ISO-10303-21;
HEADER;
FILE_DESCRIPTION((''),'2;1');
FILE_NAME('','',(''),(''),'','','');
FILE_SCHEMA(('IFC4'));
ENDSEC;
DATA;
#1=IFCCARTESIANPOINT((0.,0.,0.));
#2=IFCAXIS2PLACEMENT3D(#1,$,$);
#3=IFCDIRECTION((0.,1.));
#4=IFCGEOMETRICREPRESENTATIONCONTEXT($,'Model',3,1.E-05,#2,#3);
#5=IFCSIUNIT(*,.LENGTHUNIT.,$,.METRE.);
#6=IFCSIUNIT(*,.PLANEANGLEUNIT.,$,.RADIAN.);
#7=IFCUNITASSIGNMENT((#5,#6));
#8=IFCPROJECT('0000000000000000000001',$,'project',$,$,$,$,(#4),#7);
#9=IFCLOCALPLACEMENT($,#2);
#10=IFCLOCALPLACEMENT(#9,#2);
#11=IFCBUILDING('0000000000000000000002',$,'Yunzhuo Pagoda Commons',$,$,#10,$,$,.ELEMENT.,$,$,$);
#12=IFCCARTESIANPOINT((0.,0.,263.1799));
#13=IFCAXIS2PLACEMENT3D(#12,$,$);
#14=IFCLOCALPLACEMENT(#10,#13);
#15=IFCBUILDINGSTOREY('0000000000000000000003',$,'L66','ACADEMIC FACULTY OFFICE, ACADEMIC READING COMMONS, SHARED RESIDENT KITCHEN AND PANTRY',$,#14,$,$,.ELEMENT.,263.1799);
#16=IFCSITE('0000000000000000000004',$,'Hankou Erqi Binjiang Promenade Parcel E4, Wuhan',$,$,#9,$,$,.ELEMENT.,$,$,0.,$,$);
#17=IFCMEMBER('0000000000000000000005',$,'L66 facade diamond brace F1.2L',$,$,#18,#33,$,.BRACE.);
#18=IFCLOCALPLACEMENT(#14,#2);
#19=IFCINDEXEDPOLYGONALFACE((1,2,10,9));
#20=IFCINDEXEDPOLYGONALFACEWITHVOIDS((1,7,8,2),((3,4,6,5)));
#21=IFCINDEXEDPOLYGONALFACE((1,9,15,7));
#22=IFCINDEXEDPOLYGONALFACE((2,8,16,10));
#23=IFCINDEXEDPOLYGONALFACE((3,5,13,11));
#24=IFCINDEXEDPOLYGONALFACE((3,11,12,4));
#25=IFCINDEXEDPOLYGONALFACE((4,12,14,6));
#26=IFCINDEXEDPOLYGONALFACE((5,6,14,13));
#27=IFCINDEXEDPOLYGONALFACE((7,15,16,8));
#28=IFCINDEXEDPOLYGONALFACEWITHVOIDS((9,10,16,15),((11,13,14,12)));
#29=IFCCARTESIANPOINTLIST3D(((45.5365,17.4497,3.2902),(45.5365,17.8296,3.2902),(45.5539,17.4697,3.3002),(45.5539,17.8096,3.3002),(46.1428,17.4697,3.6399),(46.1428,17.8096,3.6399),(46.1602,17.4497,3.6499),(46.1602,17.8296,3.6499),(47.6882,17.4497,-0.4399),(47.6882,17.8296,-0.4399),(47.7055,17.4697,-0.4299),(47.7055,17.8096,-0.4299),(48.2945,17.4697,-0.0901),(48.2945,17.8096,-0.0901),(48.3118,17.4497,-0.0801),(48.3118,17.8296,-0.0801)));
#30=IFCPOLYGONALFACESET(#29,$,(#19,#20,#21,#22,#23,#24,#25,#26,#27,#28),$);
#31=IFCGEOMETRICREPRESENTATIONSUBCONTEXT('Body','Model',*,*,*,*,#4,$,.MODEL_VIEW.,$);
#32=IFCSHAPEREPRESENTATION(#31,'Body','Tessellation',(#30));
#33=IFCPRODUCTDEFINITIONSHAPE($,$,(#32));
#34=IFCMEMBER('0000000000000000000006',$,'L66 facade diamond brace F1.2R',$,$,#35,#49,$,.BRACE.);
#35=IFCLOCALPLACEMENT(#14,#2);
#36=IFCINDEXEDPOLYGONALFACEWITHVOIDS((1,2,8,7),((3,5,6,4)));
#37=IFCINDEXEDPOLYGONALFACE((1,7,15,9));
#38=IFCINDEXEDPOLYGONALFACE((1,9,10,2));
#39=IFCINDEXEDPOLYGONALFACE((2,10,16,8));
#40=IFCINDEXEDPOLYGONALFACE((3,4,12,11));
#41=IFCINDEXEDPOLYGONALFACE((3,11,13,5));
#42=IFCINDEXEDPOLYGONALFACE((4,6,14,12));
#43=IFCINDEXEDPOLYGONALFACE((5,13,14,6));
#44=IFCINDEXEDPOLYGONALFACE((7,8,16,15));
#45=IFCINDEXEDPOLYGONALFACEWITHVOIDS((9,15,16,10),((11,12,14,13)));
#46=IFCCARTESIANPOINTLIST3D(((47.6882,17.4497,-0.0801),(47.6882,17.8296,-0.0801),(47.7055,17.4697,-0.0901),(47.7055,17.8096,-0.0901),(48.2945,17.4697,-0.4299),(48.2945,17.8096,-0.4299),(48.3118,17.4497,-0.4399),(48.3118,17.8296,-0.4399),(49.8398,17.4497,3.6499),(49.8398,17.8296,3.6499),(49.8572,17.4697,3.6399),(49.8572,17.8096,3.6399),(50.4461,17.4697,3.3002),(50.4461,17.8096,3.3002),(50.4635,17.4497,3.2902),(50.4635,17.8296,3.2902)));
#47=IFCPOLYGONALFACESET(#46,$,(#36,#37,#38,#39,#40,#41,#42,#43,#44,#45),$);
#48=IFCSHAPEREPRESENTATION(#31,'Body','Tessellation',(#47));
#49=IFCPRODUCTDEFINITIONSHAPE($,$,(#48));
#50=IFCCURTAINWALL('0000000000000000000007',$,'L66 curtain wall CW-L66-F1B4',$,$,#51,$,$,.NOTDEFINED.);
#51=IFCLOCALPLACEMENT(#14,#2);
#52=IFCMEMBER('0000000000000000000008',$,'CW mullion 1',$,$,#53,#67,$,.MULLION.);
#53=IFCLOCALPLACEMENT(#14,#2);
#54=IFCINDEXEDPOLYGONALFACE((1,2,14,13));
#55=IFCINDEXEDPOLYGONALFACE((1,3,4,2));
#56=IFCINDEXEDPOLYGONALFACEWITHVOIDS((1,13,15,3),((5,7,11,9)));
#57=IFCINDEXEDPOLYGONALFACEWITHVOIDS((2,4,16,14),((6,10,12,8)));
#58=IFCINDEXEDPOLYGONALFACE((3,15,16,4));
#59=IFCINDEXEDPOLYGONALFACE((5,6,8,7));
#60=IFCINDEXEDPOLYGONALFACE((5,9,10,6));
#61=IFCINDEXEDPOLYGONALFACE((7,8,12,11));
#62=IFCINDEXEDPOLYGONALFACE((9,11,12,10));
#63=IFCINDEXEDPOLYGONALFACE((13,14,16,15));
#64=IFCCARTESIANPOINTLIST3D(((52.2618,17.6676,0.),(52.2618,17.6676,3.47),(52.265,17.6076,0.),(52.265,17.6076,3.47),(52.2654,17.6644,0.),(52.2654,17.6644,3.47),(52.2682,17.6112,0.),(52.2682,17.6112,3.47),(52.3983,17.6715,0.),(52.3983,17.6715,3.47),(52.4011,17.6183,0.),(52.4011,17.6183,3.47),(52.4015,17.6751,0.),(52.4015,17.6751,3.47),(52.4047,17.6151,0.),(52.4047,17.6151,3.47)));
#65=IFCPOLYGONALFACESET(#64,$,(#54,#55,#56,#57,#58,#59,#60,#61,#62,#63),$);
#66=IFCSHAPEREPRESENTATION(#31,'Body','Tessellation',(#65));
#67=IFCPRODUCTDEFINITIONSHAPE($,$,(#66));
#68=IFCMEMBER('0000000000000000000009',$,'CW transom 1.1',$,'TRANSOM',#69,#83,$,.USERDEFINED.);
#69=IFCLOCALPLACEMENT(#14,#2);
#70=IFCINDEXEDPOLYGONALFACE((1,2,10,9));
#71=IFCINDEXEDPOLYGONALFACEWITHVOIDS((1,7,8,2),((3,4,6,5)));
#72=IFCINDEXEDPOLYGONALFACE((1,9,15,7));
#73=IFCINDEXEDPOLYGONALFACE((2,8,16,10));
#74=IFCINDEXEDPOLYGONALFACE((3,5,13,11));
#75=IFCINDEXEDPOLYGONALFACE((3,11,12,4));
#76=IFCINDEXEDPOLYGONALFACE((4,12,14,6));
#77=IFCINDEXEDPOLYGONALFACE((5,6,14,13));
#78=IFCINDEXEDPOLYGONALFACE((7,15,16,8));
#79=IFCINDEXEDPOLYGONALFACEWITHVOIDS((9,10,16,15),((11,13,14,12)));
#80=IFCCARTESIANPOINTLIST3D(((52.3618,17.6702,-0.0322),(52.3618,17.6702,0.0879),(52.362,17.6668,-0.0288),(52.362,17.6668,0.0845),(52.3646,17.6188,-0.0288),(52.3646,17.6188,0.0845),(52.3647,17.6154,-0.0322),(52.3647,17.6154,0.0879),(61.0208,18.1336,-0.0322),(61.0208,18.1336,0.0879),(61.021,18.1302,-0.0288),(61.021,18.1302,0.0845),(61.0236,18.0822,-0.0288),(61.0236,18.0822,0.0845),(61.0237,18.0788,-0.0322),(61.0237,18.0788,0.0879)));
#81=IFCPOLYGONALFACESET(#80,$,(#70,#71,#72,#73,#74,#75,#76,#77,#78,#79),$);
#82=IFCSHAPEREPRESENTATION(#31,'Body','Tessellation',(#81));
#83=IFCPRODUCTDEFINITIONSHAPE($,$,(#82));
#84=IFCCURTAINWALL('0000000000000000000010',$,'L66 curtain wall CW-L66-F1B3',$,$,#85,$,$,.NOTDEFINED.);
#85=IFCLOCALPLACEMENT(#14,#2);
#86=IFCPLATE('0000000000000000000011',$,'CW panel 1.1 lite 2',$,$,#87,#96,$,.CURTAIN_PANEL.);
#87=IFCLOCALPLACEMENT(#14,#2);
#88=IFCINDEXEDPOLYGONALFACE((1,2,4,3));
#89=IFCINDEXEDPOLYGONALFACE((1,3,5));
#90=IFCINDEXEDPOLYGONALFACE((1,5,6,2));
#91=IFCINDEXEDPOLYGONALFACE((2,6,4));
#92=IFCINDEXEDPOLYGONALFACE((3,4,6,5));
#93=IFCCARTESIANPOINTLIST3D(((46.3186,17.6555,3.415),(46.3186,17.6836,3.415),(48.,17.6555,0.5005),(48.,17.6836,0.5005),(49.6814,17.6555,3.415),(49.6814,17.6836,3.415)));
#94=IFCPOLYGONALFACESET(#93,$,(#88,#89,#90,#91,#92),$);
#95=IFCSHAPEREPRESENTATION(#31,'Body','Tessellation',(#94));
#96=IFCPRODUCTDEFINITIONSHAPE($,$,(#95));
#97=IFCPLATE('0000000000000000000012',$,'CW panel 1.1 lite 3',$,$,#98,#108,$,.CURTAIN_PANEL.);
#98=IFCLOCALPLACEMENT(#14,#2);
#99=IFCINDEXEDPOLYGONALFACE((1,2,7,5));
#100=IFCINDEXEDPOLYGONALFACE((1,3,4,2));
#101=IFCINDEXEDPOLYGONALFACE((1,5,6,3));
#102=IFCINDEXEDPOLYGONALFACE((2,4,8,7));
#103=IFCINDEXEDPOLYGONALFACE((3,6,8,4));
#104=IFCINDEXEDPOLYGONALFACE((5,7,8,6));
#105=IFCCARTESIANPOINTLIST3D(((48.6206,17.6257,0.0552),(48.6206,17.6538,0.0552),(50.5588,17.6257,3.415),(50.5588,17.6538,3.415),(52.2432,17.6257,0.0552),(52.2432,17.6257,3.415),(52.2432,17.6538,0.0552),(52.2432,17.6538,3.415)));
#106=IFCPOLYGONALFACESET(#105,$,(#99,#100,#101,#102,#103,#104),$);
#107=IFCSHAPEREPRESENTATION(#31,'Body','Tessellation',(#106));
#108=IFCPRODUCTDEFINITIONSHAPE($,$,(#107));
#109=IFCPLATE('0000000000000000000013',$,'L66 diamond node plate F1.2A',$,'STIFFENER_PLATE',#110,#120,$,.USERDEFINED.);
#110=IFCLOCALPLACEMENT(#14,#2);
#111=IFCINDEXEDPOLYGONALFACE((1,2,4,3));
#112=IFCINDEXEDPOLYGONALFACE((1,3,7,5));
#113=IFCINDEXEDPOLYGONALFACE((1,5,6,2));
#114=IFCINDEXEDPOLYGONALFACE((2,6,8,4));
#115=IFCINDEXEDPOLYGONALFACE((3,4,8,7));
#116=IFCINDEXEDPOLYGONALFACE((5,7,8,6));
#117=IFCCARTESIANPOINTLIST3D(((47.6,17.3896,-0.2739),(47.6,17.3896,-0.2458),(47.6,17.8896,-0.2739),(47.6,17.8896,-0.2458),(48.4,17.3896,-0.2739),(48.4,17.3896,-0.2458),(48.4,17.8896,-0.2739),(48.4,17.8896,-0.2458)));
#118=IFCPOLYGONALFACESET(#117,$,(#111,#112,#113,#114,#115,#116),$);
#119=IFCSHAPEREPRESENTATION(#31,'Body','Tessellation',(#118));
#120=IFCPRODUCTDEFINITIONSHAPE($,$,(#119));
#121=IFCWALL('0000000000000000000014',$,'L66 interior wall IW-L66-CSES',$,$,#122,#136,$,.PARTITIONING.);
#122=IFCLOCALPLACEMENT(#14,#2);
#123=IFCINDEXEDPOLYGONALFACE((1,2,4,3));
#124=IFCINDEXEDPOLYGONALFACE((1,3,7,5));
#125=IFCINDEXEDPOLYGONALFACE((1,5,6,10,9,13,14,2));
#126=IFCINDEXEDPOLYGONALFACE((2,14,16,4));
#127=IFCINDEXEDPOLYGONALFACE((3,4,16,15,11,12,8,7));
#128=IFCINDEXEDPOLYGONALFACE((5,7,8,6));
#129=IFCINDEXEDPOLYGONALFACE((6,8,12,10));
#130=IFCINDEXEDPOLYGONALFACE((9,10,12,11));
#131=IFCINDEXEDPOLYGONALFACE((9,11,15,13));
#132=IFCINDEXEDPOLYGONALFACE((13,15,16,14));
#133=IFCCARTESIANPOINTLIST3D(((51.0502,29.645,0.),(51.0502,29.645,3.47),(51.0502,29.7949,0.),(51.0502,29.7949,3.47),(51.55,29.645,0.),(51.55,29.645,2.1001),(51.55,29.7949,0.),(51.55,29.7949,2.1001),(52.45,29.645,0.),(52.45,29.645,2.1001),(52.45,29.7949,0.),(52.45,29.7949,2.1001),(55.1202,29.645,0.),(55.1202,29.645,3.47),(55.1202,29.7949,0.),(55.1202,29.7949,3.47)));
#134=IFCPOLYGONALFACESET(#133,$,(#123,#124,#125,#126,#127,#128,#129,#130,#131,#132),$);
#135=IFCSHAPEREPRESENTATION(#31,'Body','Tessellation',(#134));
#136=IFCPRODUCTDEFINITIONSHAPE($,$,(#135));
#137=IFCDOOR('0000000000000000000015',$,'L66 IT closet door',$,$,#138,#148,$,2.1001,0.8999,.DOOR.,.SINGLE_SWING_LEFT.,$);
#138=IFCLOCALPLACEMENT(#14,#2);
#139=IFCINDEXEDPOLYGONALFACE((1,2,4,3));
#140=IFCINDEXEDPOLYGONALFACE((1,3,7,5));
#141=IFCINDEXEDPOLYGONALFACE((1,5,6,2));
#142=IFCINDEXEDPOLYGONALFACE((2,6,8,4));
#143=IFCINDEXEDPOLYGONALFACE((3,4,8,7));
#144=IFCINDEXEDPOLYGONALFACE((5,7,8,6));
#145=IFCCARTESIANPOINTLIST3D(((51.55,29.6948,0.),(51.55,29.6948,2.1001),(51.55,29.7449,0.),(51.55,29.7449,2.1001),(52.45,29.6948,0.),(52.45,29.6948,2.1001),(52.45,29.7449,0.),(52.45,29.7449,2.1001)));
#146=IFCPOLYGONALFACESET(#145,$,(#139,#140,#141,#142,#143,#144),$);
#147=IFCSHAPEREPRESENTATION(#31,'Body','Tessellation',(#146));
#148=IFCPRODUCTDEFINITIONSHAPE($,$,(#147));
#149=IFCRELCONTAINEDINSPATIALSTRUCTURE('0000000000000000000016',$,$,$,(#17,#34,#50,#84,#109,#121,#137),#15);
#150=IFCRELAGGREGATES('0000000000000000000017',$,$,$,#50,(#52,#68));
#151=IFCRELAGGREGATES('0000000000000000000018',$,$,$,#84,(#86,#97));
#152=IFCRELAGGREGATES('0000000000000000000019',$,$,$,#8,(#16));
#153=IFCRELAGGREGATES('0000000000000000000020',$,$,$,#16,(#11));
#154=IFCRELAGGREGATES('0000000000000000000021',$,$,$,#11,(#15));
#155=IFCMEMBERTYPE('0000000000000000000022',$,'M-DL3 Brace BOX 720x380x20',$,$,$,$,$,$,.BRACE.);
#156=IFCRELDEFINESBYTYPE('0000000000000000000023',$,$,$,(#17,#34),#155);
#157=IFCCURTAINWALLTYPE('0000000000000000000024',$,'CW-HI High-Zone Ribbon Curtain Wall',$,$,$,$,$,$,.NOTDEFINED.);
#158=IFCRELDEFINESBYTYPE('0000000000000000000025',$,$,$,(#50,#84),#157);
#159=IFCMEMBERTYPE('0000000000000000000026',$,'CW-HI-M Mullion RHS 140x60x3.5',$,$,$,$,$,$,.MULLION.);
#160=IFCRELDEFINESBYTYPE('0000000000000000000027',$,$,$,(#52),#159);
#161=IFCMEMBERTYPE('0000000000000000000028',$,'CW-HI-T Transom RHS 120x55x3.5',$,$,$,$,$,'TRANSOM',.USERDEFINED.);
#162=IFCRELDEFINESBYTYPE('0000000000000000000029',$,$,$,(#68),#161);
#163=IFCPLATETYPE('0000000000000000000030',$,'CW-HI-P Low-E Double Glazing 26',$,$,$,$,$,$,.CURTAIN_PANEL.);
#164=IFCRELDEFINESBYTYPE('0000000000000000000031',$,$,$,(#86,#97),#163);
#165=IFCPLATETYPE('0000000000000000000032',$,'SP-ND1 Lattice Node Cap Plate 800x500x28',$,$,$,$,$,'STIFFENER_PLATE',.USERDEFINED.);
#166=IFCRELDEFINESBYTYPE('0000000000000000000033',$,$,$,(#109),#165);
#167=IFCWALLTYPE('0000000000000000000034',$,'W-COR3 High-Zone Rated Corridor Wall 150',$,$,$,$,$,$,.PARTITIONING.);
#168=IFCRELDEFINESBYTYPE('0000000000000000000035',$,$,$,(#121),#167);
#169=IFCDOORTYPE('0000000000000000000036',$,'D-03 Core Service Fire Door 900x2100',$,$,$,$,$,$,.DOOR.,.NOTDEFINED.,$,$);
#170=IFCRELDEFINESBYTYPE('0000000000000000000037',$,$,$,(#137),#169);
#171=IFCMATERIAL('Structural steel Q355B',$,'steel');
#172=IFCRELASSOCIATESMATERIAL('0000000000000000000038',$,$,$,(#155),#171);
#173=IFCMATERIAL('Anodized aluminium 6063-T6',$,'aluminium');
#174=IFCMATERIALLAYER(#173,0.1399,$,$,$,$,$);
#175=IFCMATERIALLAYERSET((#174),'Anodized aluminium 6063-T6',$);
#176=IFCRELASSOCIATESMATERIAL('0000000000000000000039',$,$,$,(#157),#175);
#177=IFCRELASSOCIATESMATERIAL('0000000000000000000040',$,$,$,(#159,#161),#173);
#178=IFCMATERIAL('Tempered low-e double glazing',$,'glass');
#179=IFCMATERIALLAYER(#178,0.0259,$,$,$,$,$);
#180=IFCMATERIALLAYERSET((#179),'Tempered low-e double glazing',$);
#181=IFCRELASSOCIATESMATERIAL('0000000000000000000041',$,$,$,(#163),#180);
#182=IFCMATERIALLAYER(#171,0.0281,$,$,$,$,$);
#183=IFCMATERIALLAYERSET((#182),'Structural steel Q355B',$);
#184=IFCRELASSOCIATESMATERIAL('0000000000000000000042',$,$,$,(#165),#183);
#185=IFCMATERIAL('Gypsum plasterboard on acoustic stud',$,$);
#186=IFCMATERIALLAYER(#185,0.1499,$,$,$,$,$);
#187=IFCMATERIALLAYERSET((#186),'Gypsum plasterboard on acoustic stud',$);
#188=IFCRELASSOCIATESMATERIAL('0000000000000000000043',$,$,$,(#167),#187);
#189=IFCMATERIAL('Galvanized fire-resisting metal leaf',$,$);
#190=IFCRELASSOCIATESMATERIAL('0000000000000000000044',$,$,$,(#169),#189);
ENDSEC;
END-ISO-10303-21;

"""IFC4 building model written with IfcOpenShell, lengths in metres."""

from ifc_helpers import new_model, si_unit, direction, frame, frame_2d, origin, origin_with_axes, origin_2d, place, context, subcontext, project, spatial, polyline, rectangle, hollow_rectangle, outline, extrude, source, transform, mapped, material, layer, layer_set, material_profile, profile_set, type_object, element, fill, aggregate, save


model = new_model("IFC4")

# Units and contexts
model_context = context("Model", 3, precision=1e-05, world=origin(), true_north=direction((0.0, 1.0)))
body_context = subcontext(model_context, "Body", "Model", "MODEL_VIEW")
ifc_project = project(units=[si_unit("LENGTHUNIT", "METRE"), si_unit("PLANEANGLEUNIT", "RADIAN")], contexts=[model_context])

# Site, building, storey
site_placement = place(None, origin())
site = spatial("IfcSite", under=ifc_project, at=site_placement, Name="Hankou Erqi Binjiang Promenade Parcel E4, Wuhan", CompositionType="ELEMENT", RefElevation=0.0)
building_placement = place(site_placement, origin())
building = spatial("IfcBuilding", under=site, at=building_placement, Name="Yunzhuo Pagoda Commons", CompositionType="ELEMENT")
storey_placement = place(building_placement, frame((0.0, 0.0, 263.1799)))
storey = spatial("IfcBuildingStorey", under=building, at=storey_placement, Name="L66", Description="ACADEMIC FACULTY OFFICE, ACADEMIC READING COMMONS, SHARED RESIDENT KITCHEN AND PANTRY", CompositionType="ELEMENT", Elevation=263.1799)

# Shared definitions
ifc_material_1 = material(Name="Structural steel Q355B", Category="steel")

# Members
ifc_material_profile_1 = material_profile(ifc_material_1, hollow_rectangle(XDim=0.3799, YDim=0.72, WallThickness=0.02, at=origin_2d()), Name="Structural steel Q355B")
ifc_profile_set_1 = profile_set([ifc_material_profile_1], Name="Structural steel Q355B")
member_type_1 = type_object("IfcMemberType", Name="M-DL3 Brace BOX 720x380x20", PredefinedType="BRACE", material=ifc_profile_set_1)
shared_shape_1 = source(origin(), body_context, "Body", "SweptSolid", [
    extrude(hollow_rectangle(XDim=0.3799, YDim=0.72, WallThickness=0.02, at=origin_2d()), origin(), (0.0, 0.0, 1.0), 4.3062),
])
for number, where, z_axis, x_axis, name in (
    (1, (48.0, 17.6396, -0.26), (-0.49967, 0.0, 0.866216), (0.0, -1.0, 0.0), "L66 facade diamond brace F1.2L"),
    (2, (48.0, 17.6396, -0.26), (0.49967, 0.0, 0.866216), (0.0, 1.0, 0.0), "L66 facade diamond brace F1.2R"),
):
    element("IfcMember", number, at=place(storey_placement, frame(where, z_axis=z_axis, x_axis=x_axis)), inside=storey, type_object=member_type_1, Name=name, PredefinedType="BRACE", context=body_context, shape_type="MappedRepresentation", body=[
        mapped(shared_shape_1, transform((0.0, 0.0, 0.0), scale=1.0)),
    ])

# Curtain wall, members
ifc_material_2 = material(Name="Anodized aluminium 6063-T6", Category="aluminium")
ifc_layer_1 = layer(ifc_material_2, 0.1399)
ifc_layer_set_1 = layer_set([ifc_layer_1], Name="Anodized aluminium 6063-T6")
curtain_wall_type = type_object("IfcCurtainWallType", Name="CW-HI High-Zone Ribbon Curtain Wall", PredefinedType="NOTDEFINED", material=ifc_layer_set_1)
curtain_wall_1_placement = place(storey_placement, origin())
curtain_wall_1 = element("IfcCurtainWall", 3, at=curtain_wall_1_placement, inside=storey, type_object=curtain_wall_type, Name="L66 curtain wall CW-L66-F1B4", PredefinedType="NOTDEFINED")
ifc_material_profile_2 = material_profile(ifc_material_2, hollow_rectangle(XDim=0.0601, YDim=0.1399, WallThickness=0.0034, at=origin_2d()), Name="Anodized aluminium 6063-T6")
ifc_profile_set_2 = profile_set([ifc_material_profile_2], Name="Anodized aluminium 6063-T6")
member_type_2 = type_object("IfcMemberType", Name="CW-HI-M Mullion RHS 140x60x3.5", PredefinedType="MULLION", material=ifc_profile_set_2)
shared_shape_2 = source(origin(), body_context, "Body", "SweptSolid", [
    extrude(hollow_rectangle(XDim=0.0601, YDim=0.1399, WallThickness=0.0034, at=origin_2d()), origin(), (0.0, 0.0, 1.0), 3.47),
])
member_1_placement = place(storey_placement, frame((52.3333, 17.6414, 0.0), z_axis=(0.0, 0.0, 1.0), x_axis=(-0.053427, 0.998572, 0.0)))
member_1 = element("IfcMember", 4, at=member_1_placement, type_object=member_type_2, Name="CW mullion 1", PredefinedType="MULLION", context=body_context, shape_type="MappedRepresentation", body=[
    mapped(shared_shape_2, transform((0.0, 0.0, 0.0), scale=1.0)),
])
ifc_material_profile_3 = material_profile(ifc_material_2, hollow_rectangle(XDim=0.0549, YDim=0.1201, WallThickness=0.0034, at=origin_2d()), Name="Anodized aluminium 6063-T6")
ifc_profile_set_3 = profile_set([ifc_material_profile_3], Name="Anodized aluminium 6063-T6")
member_type_3 = type_object("IfcMemberType", Name="CW-HI-T Transom RHS 120x55x3.5", ElementType="TRANSOM", PredefinedType="USERDEFINED", material=ifc_profile_set_3)
shared_shape_3 = source(origin(), body_context, "Body", "SweptSolid", [
    extrude(hollow_rectangle(XDim=0.0549, YDim=0.1201, WallThickness=0.0034, at=origin_2d()), origin(), (0.0, 0.0, 1.0), 8.6714),
])
member_2_placement = place(storey_placement, frame((52.3633, 17.6428, 0.0278), z_axis=(0.998571, 0.053438, 0.0), x_axis=(-0.053438, 0.998571, 0.0)))
member_2 = element("IfcMember", 5, at=member_2_placement, type_object=member_type_3, Name="CW transom 1.1", ObjectType="TRANSOM", PredefinedType="USERDEFINED", context=body_context, shape_type="MappedRepresentation", body=[
    mapped(shared_shape_3, transform((0.0, 0.0, 0.0), scale=1.0)),
])
aggregate(curtain_wall_1, [member_1, member_2])

# Curtain wall, plates
curtain_wall_2_placement = place(storey_placement, origin())
curtain_wall_2 = element("IfcCurtainWall", 6, at=curtain_wall_2_placement, inside=storey, type_object=curtain_wall_type, Name="L66 curtain wall CW-L66-F1B3", PredefinedType="NOTDEFINED")
ifc_material_3 = material(Name="Tempered low-e double glazing", Category="glass")
ifc_layer_2 = layer(ifc_material_3, 0.0259)
ifc_layer_set_2 = layer_set([ifc_layer_2], Name="Tempered low-e double glazing")
plate_type_1 = type_object("IfcPlateType", Name="CW-HI-P Low-E Double Glazing 26", PredefinedType="CURTAIN_PANEL", material=ifc_layer_set_2)
plate_1_placement = place(storey_placement, frame((48.0, 17.6836, 1.9578), z_axis=(0.0, -1.0, 0.0), x_axis=(1.0, 0.0, 0.0)))
plate_1 = element("IfcPlate", 7, at=plate_1_placement, type_object=plate_type_1, Name="CW panel 1.1 lite 2", PredefinedType="CURTAIN_PANEL", context=body_context, shape_type="SweptSolid", body=[
    extrude(outline(polyline([(-1.6814, 1.4573), (0.0, -1.4573), (1.6814, 1.4573), (-1.6814, 1.4573)])), origin(), (0.0, 0.0, 1.0), 0.0281),
])
plate_2_placement = place(storey_placement, frame((50.4319, 17.6538, 1.7351), z_axis=(0.0, -1.0, 0.0), x_axis=(1.0, 0.0, 0.0)))
plate_2 = element("IfcPlate", 8, at=plate_2_placement, type_object=plate_type_1, Name="CW panel 1.1 lite 3", PredefinedType="CURTAIN_PANEL", context=body_context, shape_type="SweptSolid", body=[
    extrude(outline(polyline([(-1.8113, -1.6799), (1.8113, -1.6799), (1.8113, 1.6799), (0.127, 1.6799), (-1.8113, -1.6799)])), origin(), (0.0, 0.0, 1.0), 0.0281),
])
aggregate(curtain_wall_2, [plate_1, plate_2])

# Plate
ifc_layer_3 = layer(ifc_material_1, 0.0281)
ifc_layer_set_3 = layer_set([ifc_layer_3], Name="Structural steel Q355B")
plate_type_2 = type_object("IfcPlateType", Name="SP-ND1 Lattice Node Cap Plate 800x500x28", ElementType="STIFFENER_PLATE", PredefinedType="USERDEFINED", material=ifc_layer_set_3)
shared_shape_4 = source(origin(), body_context, "Body", "SweptSolid", [
    extrude(rectangle(XDim=0.8, YDim=0.5, at=origin_2d()), origin(), (0.0, 0.0, 1.0), 0.0281),
])
plate_3_placement = place(storey_placement, frame((48.0, 17.6396, -0.2739), z_axis=(0.0, 0.0, 1.0), x_axis=(1.0, 0.0, 0.0)))
element("IfcPlate", 9, at=plate_3_placement, inside=storey, type_object=plate_type_2, Name="L66 diamond node plate F1.2A", ObjectType="STIFFENER_PLATE", PredefinedType="USERDEFINED", context=body_context, shape_type="MappedRepresentation", body=[
    mapped(shared_shape_4, transform((0.0, 0.0, 0.0), scale=1.0)),
])

# Wall, opening, door
ifc_material_4 = material(Name="Gypsum plasterboard on acoustic stud")
ifc_layer_4 = layer(ifc_material_4, 0.1499)
ifc_layer_set_4 = layer_set([ifc_layer_4], Name="Gypsum plasterboard on acoustic stud")
wall_type_1 = type_object("IfcWallType", Name="W-COR3 High-Zone Rated Corridor Wall 150", PredefinedType="PARTITIONING", material=ifc_layer_set_4)
wall_1_placement = place(storey_placement, frame((51.05, 29.72, 0.0), z_axis=(0.0, 0.0, 1.0), x_axis=(1.0, 0.0, 0.0)))
wall_1 = element("IfcWall", 10, at=wall_1_placement, inside=storey, type_object=wall_type_1, Name="L66 interior wall IW-L66-CSES", PredefinedType="PARTITIONING", context=body_context, shape_type="SweptSolid", body=[
    extrude(rectangle(XDim=4.0701, YDim=0.1499, at=frame_2d((2.0352, 0.0))), origin(), (0.0, 0.0, 1.0), 3.47),
])
opening_1_placement = place(wall_1_placement, frame((0.5, 0.0, 0.0)))
opening_1 = element("IfcOpeningElement", 11, at=opening_1_placement, cuts=wall_1, PredefinedType="OPENING", context=body_context, shape_type="SweptSolid", body=[
    extrude(rectangle(XDim=0.8999, YDim=2.1001, at=frame_2d((0.45, 1.05))), frame((0.0, 0.085, 0.0), z_axis=(0.0, -1.0, 0.0), x_axis=(1.0, 0.0, 0.0)), (0.0, 0.0, 1.0), 0.1699),
])
ifc_material_5 = material(Name="Galvanized fire-resisting metal leaf")
door_type_1 = type_object("IfcDoorType", Name="D-03 Core Service Fire Door 900x2100", OperationType="NOTDEFINED", PredefinedType="DOOR", material=ifc_material_5)
shared_shape_5 = source(origin(), body_context, "Body", "SweptSolid", [
    extrude(rectangle(XDim=0.8999, YDim=2.1001, at=frame_2d((0.45, 1.05))), frame((0.0, 0.0249, 0.0), z_axis=(0.0, -1.0, 0.0), x_axis=(1.0, 0.0, 0.0)), (0.0, 0.0, 1.0), 0.05),
])
door_1_placement = place(opening_1_placement, origin_with_axes())
door_1 = element("IfcDoor", 12, at=door_1_placement, inside=storey, type_object=door_type_1, Name="L66 IT closet door", OperationType="SINGLE_SWING_LEFT", OverallHeight=2.1001, OverallWidth=0.8999, PredefinedType="DOOR", context=body_context, shape_type="MappedRepresentation", body=[
    mapped(shared_shape_5, transform((0.0, 0.0, 0.0), scale=1.0)),
])
fill(opening_1, door_1)

save(model, "model.ifc")
